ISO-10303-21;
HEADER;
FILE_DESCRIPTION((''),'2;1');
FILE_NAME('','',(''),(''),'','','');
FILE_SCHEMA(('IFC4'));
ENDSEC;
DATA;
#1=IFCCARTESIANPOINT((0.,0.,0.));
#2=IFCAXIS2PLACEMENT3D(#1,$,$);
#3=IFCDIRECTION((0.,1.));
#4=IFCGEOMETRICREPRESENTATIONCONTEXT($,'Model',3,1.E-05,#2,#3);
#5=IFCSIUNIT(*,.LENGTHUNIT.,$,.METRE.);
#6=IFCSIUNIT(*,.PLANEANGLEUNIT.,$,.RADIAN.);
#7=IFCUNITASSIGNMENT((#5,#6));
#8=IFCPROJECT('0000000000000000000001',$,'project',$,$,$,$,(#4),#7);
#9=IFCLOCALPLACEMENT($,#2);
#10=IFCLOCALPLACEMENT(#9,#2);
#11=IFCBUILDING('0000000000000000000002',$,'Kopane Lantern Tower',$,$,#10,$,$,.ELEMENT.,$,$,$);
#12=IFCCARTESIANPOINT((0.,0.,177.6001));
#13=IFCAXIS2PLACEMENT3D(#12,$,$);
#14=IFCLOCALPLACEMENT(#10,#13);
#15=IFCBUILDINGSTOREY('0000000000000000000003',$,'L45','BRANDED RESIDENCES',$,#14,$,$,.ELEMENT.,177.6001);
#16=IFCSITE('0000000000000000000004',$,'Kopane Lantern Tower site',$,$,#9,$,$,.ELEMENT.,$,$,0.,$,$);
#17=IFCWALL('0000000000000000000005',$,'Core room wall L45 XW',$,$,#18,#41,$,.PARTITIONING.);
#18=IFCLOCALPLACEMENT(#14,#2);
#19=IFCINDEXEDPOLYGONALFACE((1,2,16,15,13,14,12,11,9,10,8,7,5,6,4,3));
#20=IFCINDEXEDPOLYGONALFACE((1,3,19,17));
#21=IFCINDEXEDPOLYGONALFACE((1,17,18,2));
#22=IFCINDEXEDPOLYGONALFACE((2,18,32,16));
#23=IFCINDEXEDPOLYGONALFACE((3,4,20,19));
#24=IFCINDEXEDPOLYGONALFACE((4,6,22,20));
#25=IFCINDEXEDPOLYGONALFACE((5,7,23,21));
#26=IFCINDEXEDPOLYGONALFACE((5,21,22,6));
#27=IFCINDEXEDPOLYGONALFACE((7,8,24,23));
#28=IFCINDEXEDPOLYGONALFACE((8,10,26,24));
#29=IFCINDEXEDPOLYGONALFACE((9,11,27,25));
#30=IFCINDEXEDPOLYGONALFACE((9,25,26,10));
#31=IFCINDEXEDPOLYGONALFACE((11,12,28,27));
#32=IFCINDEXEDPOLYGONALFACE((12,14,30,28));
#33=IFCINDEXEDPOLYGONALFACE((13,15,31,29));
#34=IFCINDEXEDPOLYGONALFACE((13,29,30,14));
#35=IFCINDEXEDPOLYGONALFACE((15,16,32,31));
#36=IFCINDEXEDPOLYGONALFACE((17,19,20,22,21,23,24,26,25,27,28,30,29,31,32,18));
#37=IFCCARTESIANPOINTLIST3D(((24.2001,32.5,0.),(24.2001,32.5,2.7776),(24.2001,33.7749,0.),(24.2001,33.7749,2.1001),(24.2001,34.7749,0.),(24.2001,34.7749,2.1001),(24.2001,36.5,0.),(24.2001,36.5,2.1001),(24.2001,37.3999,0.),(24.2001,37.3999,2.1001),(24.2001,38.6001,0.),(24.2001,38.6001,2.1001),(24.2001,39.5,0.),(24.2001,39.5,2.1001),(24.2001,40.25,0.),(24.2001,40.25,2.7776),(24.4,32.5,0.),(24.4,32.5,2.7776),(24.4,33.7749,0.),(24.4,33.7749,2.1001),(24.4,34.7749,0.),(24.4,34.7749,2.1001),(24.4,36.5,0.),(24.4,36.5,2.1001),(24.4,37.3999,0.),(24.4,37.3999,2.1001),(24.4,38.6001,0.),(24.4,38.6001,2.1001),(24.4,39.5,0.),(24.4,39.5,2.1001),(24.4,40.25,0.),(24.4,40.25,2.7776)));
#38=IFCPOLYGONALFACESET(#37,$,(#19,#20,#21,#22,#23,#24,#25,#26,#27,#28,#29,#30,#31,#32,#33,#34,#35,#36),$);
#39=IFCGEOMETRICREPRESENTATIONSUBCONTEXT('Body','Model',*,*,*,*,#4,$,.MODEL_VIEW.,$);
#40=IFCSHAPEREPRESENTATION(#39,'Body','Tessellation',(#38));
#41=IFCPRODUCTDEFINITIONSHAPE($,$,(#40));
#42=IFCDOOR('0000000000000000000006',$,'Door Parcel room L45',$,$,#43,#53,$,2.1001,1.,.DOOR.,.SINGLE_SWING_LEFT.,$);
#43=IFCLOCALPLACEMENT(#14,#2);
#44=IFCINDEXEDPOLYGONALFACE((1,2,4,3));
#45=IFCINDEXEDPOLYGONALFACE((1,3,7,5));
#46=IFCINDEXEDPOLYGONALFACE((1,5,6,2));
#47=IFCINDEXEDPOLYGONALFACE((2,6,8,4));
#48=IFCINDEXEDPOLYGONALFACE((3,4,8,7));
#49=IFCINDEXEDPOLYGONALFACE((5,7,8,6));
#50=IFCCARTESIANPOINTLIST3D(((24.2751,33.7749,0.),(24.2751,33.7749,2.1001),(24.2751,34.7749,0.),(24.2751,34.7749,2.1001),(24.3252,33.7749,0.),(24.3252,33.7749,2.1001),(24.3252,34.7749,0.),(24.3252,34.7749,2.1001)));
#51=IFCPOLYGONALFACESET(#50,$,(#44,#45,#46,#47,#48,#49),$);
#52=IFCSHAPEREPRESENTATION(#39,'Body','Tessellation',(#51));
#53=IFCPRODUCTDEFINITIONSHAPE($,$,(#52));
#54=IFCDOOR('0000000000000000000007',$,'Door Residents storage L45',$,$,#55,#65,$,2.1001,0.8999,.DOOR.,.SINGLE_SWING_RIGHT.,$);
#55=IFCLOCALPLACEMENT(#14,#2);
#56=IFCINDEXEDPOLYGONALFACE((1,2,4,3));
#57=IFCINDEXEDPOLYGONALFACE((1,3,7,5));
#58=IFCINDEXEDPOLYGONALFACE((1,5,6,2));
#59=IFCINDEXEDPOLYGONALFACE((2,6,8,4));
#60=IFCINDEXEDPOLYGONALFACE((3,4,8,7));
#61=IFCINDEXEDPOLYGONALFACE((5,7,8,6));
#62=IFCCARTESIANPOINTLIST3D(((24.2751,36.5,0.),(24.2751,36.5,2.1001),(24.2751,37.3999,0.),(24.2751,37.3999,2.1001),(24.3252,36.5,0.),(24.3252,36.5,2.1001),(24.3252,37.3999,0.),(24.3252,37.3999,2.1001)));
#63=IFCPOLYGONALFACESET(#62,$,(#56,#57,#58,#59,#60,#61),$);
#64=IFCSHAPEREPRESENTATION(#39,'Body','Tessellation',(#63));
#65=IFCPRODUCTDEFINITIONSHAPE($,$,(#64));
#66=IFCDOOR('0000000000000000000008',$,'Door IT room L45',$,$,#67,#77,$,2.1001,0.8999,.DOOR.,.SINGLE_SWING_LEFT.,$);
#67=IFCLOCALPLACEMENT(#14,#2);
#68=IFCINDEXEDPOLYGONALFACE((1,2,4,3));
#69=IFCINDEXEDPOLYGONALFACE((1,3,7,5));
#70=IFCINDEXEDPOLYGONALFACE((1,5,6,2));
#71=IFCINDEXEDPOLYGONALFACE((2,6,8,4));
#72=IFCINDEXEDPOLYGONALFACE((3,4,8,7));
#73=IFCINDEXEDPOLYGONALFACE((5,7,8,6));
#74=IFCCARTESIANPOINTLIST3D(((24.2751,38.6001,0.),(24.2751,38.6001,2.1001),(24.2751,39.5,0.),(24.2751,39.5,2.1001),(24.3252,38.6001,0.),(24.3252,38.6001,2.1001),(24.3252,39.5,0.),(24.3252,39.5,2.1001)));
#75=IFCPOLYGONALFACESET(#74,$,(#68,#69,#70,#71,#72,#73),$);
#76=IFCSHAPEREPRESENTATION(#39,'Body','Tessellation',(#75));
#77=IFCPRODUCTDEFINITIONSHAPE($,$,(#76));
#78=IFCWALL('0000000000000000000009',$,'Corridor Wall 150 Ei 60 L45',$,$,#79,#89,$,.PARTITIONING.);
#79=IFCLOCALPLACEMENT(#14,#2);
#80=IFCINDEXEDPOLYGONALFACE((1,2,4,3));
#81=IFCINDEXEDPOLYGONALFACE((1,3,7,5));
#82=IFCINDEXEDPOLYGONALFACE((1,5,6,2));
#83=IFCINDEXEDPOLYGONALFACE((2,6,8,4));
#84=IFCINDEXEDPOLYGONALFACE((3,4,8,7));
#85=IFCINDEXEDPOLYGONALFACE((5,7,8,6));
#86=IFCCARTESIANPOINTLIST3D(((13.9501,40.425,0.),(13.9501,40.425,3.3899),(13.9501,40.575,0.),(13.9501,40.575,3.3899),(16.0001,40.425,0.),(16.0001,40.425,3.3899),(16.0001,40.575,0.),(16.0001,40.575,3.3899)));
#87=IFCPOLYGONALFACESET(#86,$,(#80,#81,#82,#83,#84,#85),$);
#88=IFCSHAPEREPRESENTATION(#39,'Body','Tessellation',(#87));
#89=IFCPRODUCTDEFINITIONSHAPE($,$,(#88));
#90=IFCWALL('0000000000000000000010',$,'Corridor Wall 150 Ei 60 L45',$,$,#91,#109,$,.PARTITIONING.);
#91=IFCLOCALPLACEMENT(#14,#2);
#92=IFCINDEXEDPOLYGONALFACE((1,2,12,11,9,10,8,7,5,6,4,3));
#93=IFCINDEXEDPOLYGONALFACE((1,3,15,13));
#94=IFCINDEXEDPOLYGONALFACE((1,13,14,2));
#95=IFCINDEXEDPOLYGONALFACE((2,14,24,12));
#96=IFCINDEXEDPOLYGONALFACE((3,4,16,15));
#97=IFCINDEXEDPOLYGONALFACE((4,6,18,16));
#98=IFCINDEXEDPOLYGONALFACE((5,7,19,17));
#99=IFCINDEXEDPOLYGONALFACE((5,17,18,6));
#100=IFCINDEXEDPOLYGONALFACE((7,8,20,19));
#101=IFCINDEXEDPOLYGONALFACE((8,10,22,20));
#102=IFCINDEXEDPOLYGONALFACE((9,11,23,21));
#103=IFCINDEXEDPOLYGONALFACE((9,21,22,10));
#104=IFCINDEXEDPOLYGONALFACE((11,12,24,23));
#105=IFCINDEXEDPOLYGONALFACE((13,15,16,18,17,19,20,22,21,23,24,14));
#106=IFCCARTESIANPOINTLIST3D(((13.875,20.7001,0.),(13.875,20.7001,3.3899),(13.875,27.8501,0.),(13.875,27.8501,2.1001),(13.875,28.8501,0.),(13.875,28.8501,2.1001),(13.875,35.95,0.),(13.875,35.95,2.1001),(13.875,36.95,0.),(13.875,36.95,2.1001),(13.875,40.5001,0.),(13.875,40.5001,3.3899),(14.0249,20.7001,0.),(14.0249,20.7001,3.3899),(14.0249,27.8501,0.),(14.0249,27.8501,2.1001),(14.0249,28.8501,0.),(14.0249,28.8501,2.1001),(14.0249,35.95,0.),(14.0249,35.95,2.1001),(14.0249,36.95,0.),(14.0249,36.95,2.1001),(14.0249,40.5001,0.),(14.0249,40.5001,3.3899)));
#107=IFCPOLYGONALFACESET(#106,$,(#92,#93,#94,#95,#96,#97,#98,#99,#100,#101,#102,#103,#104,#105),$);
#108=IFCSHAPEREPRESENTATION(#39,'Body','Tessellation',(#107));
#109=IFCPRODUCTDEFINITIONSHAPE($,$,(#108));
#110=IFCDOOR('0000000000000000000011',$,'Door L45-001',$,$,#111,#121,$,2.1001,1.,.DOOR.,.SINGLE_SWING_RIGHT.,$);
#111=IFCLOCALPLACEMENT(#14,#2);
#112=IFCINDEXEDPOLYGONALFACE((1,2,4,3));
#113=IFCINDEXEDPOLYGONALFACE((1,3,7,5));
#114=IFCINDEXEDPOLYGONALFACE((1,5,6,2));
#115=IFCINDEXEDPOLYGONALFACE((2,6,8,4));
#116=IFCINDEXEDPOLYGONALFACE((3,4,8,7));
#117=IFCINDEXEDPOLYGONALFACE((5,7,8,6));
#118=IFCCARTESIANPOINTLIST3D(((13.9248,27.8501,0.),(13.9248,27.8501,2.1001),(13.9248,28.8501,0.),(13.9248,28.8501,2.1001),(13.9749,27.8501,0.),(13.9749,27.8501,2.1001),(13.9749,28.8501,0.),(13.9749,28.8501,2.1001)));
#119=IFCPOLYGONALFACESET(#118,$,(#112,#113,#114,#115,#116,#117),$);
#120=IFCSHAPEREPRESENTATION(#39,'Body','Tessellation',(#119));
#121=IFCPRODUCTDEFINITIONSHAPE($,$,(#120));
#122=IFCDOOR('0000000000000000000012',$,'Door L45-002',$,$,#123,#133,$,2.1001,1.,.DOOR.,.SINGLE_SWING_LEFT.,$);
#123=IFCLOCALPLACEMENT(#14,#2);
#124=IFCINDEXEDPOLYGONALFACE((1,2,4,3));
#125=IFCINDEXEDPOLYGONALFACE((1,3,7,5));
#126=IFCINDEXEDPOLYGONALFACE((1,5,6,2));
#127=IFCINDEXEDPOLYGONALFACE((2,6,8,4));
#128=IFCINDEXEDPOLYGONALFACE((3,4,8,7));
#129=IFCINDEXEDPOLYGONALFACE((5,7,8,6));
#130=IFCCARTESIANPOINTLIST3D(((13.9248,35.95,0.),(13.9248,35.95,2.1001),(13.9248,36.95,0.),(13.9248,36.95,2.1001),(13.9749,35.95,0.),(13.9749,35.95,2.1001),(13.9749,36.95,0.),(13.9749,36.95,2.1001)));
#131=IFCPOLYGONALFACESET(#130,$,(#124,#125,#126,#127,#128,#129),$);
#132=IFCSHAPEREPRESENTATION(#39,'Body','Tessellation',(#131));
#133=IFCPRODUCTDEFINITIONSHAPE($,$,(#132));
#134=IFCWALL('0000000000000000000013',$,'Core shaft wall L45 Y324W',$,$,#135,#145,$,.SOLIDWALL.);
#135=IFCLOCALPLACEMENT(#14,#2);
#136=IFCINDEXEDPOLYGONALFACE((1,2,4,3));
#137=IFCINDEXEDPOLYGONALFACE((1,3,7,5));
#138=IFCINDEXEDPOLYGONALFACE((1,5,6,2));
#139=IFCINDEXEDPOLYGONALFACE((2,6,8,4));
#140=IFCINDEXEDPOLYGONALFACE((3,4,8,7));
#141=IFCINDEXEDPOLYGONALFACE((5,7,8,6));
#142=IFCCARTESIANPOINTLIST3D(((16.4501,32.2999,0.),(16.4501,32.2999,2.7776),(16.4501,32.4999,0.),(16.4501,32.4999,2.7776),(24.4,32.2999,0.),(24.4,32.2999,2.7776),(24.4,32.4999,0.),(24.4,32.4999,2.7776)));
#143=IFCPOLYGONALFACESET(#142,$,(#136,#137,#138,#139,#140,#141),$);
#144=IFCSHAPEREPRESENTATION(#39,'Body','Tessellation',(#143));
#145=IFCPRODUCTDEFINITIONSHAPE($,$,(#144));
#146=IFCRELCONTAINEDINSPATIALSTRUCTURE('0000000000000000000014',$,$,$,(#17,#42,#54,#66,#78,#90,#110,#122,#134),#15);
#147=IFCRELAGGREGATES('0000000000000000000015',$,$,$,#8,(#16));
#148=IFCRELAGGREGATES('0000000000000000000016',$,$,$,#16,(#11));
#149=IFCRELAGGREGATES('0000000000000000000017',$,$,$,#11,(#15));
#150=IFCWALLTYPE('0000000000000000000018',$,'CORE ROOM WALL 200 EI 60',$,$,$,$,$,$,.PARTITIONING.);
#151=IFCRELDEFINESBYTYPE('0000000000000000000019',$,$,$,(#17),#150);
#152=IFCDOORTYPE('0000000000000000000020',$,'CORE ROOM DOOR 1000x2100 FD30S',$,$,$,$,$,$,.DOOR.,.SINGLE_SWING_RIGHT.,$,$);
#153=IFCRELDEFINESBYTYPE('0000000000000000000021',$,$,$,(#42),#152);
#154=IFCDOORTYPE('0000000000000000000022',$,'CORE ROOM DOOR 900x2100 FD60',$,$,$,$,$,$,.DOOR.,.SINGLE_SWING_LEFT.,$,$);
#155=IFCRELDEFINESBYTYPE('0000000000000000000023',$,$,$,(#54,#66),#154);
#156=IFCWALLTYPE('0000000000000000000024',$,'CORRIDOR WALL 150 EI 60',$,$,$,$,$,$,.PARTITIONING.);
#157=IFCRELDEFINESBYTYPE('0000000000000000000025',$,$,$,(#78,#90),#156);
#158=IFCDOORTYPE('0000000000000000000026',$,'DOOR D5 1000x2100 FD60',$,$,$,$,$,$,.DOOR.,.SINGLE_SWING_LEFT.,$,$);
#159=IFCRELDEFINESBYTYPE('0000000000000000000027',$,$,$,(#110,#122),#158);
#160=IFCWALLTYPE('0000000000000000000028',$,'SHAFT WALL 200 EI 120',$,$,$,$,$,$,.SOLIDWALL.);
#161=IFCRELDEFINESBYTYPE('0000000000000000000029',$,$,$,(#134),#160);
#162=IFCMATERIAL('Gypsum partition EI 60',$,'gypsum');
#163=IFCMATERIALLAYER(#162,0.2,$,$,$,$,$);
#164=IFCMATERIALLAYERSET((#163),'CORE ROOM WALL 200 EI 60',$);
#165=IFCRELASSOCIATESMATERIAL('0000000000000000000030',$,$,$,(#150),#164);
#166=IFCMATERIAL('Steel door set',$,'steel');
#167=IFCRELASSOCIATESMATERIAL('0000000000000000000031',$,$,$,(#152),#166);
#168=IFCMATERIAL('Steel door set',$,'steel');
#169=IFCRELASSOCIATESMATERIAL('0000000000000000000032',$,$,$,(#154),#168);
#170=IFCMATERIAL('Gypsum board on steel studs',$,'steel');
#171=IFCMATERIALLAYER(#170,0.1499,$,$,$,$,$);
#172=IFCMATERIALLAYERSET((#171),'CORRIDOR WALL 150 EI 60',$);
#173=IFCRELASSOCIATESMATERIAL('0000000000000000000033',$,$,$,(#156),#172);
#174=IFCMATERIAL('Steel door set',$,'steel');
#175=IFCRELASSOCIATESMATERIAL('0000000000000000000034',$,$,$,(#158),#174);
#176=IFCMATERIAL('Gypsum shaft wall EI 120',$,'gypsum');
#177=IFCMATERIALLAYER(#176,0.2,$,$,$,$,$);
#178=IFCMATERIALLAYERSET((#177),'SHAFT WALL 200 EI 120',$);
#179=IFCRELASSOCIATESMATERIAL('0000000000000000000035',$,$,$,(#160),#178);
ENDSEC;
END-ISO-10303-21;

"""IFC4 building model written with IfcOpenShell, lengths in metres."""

from ifc_helpers import new_model, si_unit, direction, frame, frame_2d, origin, place, context, subcontext, project, spatial, rectangle, extrude, material, layer, layer_set, type_object, element, fill, save


model = new_model("IFC4")

# Units and contexts
model_context = context("Model", 3, precision=1e-05, world=origin(), true_north=direction((0.0, 1.0)))
body_context = subcontext(model_context, "Body", "Model", "MODEL_VIEW")
ifc_project = project(units=[si_unit("LENGTHUNIT", "METRE"), si_unit("PLANEANGLEUNIT", "RADIAN")], contexts=[model_context])

# Site, building, storey
site_placement = place(None, origin())
site = spatial("IfcSite", under=ifc_project, at=site_placement, Name="Kopane Lantern Tower site", CompositionType="ELEMENT", RefElevation=0.0)
building_placement = place(site_placement, origin())
building = spatial("IfcBuilding", under=site, at=building_placement, Name="Kopane Lantern Tower", CompositionType="ELEMENT")
storey_placement = place(building_placement, frame((0.0, 0.0, 177.6001)))
storey = spatial("IfcBuildingStorey", under=building, at=storey_placement, Name="L45", Description="BRANDED RESIDENCES", CompositionType="ELEMENT", Elevation=177.6001)

# Wall, openings, doors
ifc_material_1 = material(Name="Gypsum partition EI 60", Category="gypsum")
ifc_layer_1 = layer(ifc_material_1, 0.2)
ifc_layer_set_1 = layer_set([ifc_layer_1], Name="CORE ROOM WALL 200 EI 60")
wall_type_1 = type_object("IfcWallType", Name="CORE ROOM WALL 200 EI 60", PredefinedType="PARTITIONING", material=ifc_layer_set_1)
wall_1_placement = place(storey_placement, frame((24.3, 32.5, 0.0), z_axis=(0.0, 0.0, 1.0), x_axis=(0.0, 1.0, 0.0)))
wall_1 = element("IfcWall", 1, at=wall_1_placement, inside=storey, type_object=wall_type_1, Name="Core room wall L45 XW", PredefinedType="PARTITIONING", context=body_context, shape_type="SweptSolid", body=[
    extrude(rectangle(XDim=7.75, YDim=0.2, at=frame_2d((3.875, 0.0))), origin(), (0.0, 0.0, 1.0), 2.7776),
])
opening_1_placement = place(wall_1_placement, frame((1.2749, 0.0, 0.0)))
opening_1 = element("IfcOpeningElement", 2, at=opening_1_placement, cuts=wall_1, PredefinedType="OPENING", context=body_context, shape_type="SweptSolid", body=[
    extrude(rectangle(XDim=1.0, YDim=2.1001, at=frame_2d((0.5, 1.05))), frame((0.0, 0.1099, 0.0), z_axis=(0.0, -1.0, 0.0), x_axis=(1.0, 0.0, 0.0)), (0.0, 0.0, 1.0), 0.22),
])
opening_2_placement = place(wall_1_placement, frame((4.0, 0.0, 0.0)))
opening_2 = element("IfcOpeningElement", 3, at=opening_2_placement, cuts=wall_1, PredefinedType="OPENING", context=body_context, shape_type="SweptSolid", body=[
    extrude(rectangle(XDim=0.8999, YDim=2.1001, at=frame_2d((0.45, 1.05))), frame((0.0, 0.1099, 0.0), z_axis=(0.0, -1.0, 0.0), x_axis=(1.0, 0.0, 0.0)), (0.0, 0.0, 1.0), 0.22),
])
opening_3_placement = place(wall_1_placement, frame((6.1001, 0.0, 0.0)))
opening_3 = element("IfcOpeningElement", 4, at=opening_3_placement, cuts=wall_1, PredefinedType="OPENING", context=body_context, shape_type="SweptSolid", body=[
    extrude(rectangle(XDim=0.8999, YDim=2.1001, at=frame_2d((0.45, 1.05))), frame((0.0, 0.1099, 0.0), z_axis=(0.0, -1.0, 0.0), x_axis=(1.0, 0.0, 0.0)), (0.0, 0.0, 1.0), 0.22),
])
ifc_material_2 = material(Name="Steel door set", Category="steel")
door_type_1 = type_object("IfcDoorType", Name="CORE ROOM DOOR 1000x2100 FD30S", OperationType="SINGLE_SWING_RIGHT", PredefinedType="DOOR", material=ifc_material_2)
door_1_placement = place(opening_1_placement, origin())
door_1 = element("IfcDoor", 5, at=door_1_placement, inside=storey, type_object=door_type_1, Name="Door Parcel room L45", OperationType="SINGLE_SWING_LEFT", OverallHeight=2.1001, OverallWidth=1.0, PredefinedType="DOOR", context=body_context, shape_type="SweptSolid", body=[
    extrude(rectangle(XDim=1.0, YDim=2.1001, at=frame_2d((0.5, 1.05))), frame((0.0, 0.0249, 0.0), z_axis=(0.0, -1.0, 0.0), x_axis=(1.0, 0.0, 0.0)), (0.0, 0.0, 1.0), 0.05),
])
fill(opening_1, door_1)
ifc_material_3 = material(Name="Steel door set", Category="steel")
door_type_2 = type_object("IfcDoorType", Name="CORE ROOM DOOR 900x2100 FD60", OperationType="SINGLE_SWING_LEFT", PredefinedType="DOOR", material=ifc_material_3)
door_2_placement = place(opening_2_placement, origin())
door_2 = element("IfcDoor", 6, at=door_2_placement, inside=storey, type_object=door_type_2, Name="Door Residents storage L45", OperationType="SINGLE_SWING_RIGHT", OverallHeight=2.1001, OverallWidth=0.8999, PredefinedType="DOOR", context=body_context, shape_type="SweptSolid", body=[
    extrude(rectangle(XDim=0.8999, YDim=2.1001, at=frame_2d((0.45, 1.05))), frame((0.0, 0.0249, 0.0), z_axis=(0.0, -1.0, 0.0), x_axis=(1.0, 0.0, 0.0)), (0.0, 0.0, 1.0), 0.05),
])
fill(opening_2, door_2)
door_3_placement = place(opening_3_placement, origin())
door_3 = element("IfcDoor", 7, at=door_3_placement, inside=storey, type_object=door_type_2, Name="Door IT room L45", OperationType="SINGLE_SWING_LEFT", OverallHeight=2.1001, OverallWidth=0.8999, PredefinedType="DOOR", context=body_context, shape_type="SweptSolid", body=[
    extrude(rectangle(XDim=0.8999, YDim=2.1001, at=frame_2d((0.45, 1.05))), frame((0.0, 0.0249, 0.0), z_axis=(0.0, -1.0, 0.0), x_axis=(1.0, 0.0, 0.0)), (0.0, 0.0, 1.0), 0.05),
])
fill(opening_3, door_3)

# Wall
ifc_material_4 = material(Name="Gypsum board on steel studs", Category="steel")
ifc_layer_2 = layer(ifc_material_4, 0.1499)
ifc_layer_set_2 = layer_set([ifc_layer_2], Name="CORRIDOR WALL 150 EI 60")
wall_type_2 = type_object("IfcWallType", Name="CORRIDOR WALL 150 EI 60", PredefinedType="PARTITIONING", material=ifc_layer_set_2)
wall_2_placement = place(storey_placement, frame((16.0, 40.5, 0.0), z_axis=(0.0, 0.0, 1.0), x_axis=(-1.0, 0.0, 0.0)))
element("IfcWall", 8, at=wall_2_placement, inside=storey, type_object=wall_type_2, Name="Corridor Wall 150 Ei 60 L45", PredefinedType="PARTITIONING", context=body_context, shape_type="SweptSolid", body=[
    extrude(rectangle(XDim=2.05, YDim=0.1499, at=frame_2d((1.0249, 0.0))), origin(), (0.0, 0.0, 1.0), 3.3899),
])

# Wall, openings, doors
wall_3_placement = place(storey_placement, frame((13.95, 40.5, 0.0), z_axis=(0.0, 0.0, 1.0), x_axis=(0.0, -1.0, 0.0)))
wall_3 = element("IfcWall", 9, at=wall_3_placement, inside=storey, type_object=wall_type_2, Name="Corridor Wall 150 Ei 60 L45", PredefinedType="PARTITIONING", context=body_context, shape_type="SweptSolid", body=[
    extrude(rectangle(XDim=19.8, YDim=0.1499, at=frame_2d((9.8999, 0.0))), origin(), (0.0, 0.0, 1.0), 3.3899),
])
opening_4_placement = place(wall_3_placement, frame((11.6499, 0.0, 0.0)))
opening_4 = element("IfcOpeningElement", 10, at=opening_4_placement, cuts=wall_3, PredefinedType="OPENING", context=body_context, shape_type="SweptSolid", body=[
    extrude(rectangle(XDim=1.0, YDim=2.1001, at=frame_2d((0.5, 1.05))), frame((0.0, 0.085, 0.0), z_axis=(0.0, -1.0, 0.0), x_axis=(1.0, 0.0, 0.0)), (0.0, 0.0, 1.0), 0.1699),
])
opening_5_placement = place(wall_3_placement, frame((3.55, 0.0, 0.0)))
opening_5 = element("IfcOpeningElement", 11, at=opening_5_placement, cuts=wall_3, PredefinedType="OPENING", context=body_context, shape_type="SweptSolid", body=[
    extrude(rectangle(XDim=1.0, YDim=2.1001, at=frame_2d((0.5, 1.05))), frame((0.0, 0.085, 0.0), z_axis=(0.0, -1.0, 0.0), x_axis=(1.0, 0.0, 0.0)), (0.0, 0.0, 1.0), 0.1699),
])
ifc_material_5 = material(Name="Steel door set", Category="steel")
door_type_3 = type_object("IfcDoorType", Name="DOOR D5 1000x2100 FD60", OperationType="SINGLE_SWING_LEFT", PredefinedType="DOOR", material=ifc_material_5)
door_4_placement = place(opening_4_placement, origin())
door_4 = element("IfcDoor", 12, at=door_4_placement, inside=storey, type_object=door_type_3, Name="Door L45-001", OperationType="SINGLE_SWING_RIGHT", OverallHeight=2.1001, OverallWidth=1.0, PredefinedType="DOOR", context=body_context, shape_type="SweptSolid", body=[
    extrude(rectangle(XDim=1.0, YDim=2.1001, at=frame_2d((0.5, 1.05))), frame((0.0, 0.0249, 0.0), z_axis=(0.0, -1.0, 0.0), x_axis=(1.0, 0.0, 0.0)), (0.0, 0.0, 1.0), 0.05),
])
fill(opening_4, door_4)
door_5_placement = place(opening_5_placement, origin())
door_5 = element("IfcDoor", 13, at=door_5_placement, inside=storey, type_object=door_type_3, Name="Door L45-002", OperationType="SINGLE_SWING_LEFT", OverallHeight=2.1001, OverallWidth=1.0, PredefinedType="DOOR", context=body_context, shape_type="SweptSolid", body=[
    extrude(rectangle(XDim=1.0, YDim=2.1001, at=frame_2d((0.5, 1.05))), frame((0.0, 0.0249, 0.0), z_axis=(0.0, -1.0, 0.0), x_axis=(1.0, 0.0, 0.0)), (0.0, 0.0, 1.0), 0.05),
])
fill(opening_5, door_5)

# Wall
ifc_material_6 = material(Name="Gypsum shaft wall EI 120", Category="gypsum")
ifc_layer_3 = layer(ifc_material_6, 0.2)
ifc_layer_set_3 = layer_set([ifc_layer_3], Name="SHAFT WALL 200 EI 120")
wall_type_3 = type_object("IfcWallType", Name="SHAFT WALL 200 EI 120", PredefinedType="SOLIDWALL", material=ifc_layer_set_3)
wall_4_placement = place(storey_placement, frame((16.45, 32.3999, 0.0), z_axis=(0.0, 0.0, 1.0), x_axis=(1.0, 0.0, 0.0)))
element("IfcWall", 14, at=wall_4_placement, inside=storey, type_object=wall_type_3, Name="Core shaft wall L45 Y324W", PredefinedType="SOLIDWALL", context=body_context, shape_type="SweptSolid", body=[
    extrude(rectangle(XDim=7.95, YDim=0.2, at=frame_2d((3.9751, 0.0))), origin(), (0.0, 0.0, 1.0), 2.7776),
])

save(model, "model.ifc")
